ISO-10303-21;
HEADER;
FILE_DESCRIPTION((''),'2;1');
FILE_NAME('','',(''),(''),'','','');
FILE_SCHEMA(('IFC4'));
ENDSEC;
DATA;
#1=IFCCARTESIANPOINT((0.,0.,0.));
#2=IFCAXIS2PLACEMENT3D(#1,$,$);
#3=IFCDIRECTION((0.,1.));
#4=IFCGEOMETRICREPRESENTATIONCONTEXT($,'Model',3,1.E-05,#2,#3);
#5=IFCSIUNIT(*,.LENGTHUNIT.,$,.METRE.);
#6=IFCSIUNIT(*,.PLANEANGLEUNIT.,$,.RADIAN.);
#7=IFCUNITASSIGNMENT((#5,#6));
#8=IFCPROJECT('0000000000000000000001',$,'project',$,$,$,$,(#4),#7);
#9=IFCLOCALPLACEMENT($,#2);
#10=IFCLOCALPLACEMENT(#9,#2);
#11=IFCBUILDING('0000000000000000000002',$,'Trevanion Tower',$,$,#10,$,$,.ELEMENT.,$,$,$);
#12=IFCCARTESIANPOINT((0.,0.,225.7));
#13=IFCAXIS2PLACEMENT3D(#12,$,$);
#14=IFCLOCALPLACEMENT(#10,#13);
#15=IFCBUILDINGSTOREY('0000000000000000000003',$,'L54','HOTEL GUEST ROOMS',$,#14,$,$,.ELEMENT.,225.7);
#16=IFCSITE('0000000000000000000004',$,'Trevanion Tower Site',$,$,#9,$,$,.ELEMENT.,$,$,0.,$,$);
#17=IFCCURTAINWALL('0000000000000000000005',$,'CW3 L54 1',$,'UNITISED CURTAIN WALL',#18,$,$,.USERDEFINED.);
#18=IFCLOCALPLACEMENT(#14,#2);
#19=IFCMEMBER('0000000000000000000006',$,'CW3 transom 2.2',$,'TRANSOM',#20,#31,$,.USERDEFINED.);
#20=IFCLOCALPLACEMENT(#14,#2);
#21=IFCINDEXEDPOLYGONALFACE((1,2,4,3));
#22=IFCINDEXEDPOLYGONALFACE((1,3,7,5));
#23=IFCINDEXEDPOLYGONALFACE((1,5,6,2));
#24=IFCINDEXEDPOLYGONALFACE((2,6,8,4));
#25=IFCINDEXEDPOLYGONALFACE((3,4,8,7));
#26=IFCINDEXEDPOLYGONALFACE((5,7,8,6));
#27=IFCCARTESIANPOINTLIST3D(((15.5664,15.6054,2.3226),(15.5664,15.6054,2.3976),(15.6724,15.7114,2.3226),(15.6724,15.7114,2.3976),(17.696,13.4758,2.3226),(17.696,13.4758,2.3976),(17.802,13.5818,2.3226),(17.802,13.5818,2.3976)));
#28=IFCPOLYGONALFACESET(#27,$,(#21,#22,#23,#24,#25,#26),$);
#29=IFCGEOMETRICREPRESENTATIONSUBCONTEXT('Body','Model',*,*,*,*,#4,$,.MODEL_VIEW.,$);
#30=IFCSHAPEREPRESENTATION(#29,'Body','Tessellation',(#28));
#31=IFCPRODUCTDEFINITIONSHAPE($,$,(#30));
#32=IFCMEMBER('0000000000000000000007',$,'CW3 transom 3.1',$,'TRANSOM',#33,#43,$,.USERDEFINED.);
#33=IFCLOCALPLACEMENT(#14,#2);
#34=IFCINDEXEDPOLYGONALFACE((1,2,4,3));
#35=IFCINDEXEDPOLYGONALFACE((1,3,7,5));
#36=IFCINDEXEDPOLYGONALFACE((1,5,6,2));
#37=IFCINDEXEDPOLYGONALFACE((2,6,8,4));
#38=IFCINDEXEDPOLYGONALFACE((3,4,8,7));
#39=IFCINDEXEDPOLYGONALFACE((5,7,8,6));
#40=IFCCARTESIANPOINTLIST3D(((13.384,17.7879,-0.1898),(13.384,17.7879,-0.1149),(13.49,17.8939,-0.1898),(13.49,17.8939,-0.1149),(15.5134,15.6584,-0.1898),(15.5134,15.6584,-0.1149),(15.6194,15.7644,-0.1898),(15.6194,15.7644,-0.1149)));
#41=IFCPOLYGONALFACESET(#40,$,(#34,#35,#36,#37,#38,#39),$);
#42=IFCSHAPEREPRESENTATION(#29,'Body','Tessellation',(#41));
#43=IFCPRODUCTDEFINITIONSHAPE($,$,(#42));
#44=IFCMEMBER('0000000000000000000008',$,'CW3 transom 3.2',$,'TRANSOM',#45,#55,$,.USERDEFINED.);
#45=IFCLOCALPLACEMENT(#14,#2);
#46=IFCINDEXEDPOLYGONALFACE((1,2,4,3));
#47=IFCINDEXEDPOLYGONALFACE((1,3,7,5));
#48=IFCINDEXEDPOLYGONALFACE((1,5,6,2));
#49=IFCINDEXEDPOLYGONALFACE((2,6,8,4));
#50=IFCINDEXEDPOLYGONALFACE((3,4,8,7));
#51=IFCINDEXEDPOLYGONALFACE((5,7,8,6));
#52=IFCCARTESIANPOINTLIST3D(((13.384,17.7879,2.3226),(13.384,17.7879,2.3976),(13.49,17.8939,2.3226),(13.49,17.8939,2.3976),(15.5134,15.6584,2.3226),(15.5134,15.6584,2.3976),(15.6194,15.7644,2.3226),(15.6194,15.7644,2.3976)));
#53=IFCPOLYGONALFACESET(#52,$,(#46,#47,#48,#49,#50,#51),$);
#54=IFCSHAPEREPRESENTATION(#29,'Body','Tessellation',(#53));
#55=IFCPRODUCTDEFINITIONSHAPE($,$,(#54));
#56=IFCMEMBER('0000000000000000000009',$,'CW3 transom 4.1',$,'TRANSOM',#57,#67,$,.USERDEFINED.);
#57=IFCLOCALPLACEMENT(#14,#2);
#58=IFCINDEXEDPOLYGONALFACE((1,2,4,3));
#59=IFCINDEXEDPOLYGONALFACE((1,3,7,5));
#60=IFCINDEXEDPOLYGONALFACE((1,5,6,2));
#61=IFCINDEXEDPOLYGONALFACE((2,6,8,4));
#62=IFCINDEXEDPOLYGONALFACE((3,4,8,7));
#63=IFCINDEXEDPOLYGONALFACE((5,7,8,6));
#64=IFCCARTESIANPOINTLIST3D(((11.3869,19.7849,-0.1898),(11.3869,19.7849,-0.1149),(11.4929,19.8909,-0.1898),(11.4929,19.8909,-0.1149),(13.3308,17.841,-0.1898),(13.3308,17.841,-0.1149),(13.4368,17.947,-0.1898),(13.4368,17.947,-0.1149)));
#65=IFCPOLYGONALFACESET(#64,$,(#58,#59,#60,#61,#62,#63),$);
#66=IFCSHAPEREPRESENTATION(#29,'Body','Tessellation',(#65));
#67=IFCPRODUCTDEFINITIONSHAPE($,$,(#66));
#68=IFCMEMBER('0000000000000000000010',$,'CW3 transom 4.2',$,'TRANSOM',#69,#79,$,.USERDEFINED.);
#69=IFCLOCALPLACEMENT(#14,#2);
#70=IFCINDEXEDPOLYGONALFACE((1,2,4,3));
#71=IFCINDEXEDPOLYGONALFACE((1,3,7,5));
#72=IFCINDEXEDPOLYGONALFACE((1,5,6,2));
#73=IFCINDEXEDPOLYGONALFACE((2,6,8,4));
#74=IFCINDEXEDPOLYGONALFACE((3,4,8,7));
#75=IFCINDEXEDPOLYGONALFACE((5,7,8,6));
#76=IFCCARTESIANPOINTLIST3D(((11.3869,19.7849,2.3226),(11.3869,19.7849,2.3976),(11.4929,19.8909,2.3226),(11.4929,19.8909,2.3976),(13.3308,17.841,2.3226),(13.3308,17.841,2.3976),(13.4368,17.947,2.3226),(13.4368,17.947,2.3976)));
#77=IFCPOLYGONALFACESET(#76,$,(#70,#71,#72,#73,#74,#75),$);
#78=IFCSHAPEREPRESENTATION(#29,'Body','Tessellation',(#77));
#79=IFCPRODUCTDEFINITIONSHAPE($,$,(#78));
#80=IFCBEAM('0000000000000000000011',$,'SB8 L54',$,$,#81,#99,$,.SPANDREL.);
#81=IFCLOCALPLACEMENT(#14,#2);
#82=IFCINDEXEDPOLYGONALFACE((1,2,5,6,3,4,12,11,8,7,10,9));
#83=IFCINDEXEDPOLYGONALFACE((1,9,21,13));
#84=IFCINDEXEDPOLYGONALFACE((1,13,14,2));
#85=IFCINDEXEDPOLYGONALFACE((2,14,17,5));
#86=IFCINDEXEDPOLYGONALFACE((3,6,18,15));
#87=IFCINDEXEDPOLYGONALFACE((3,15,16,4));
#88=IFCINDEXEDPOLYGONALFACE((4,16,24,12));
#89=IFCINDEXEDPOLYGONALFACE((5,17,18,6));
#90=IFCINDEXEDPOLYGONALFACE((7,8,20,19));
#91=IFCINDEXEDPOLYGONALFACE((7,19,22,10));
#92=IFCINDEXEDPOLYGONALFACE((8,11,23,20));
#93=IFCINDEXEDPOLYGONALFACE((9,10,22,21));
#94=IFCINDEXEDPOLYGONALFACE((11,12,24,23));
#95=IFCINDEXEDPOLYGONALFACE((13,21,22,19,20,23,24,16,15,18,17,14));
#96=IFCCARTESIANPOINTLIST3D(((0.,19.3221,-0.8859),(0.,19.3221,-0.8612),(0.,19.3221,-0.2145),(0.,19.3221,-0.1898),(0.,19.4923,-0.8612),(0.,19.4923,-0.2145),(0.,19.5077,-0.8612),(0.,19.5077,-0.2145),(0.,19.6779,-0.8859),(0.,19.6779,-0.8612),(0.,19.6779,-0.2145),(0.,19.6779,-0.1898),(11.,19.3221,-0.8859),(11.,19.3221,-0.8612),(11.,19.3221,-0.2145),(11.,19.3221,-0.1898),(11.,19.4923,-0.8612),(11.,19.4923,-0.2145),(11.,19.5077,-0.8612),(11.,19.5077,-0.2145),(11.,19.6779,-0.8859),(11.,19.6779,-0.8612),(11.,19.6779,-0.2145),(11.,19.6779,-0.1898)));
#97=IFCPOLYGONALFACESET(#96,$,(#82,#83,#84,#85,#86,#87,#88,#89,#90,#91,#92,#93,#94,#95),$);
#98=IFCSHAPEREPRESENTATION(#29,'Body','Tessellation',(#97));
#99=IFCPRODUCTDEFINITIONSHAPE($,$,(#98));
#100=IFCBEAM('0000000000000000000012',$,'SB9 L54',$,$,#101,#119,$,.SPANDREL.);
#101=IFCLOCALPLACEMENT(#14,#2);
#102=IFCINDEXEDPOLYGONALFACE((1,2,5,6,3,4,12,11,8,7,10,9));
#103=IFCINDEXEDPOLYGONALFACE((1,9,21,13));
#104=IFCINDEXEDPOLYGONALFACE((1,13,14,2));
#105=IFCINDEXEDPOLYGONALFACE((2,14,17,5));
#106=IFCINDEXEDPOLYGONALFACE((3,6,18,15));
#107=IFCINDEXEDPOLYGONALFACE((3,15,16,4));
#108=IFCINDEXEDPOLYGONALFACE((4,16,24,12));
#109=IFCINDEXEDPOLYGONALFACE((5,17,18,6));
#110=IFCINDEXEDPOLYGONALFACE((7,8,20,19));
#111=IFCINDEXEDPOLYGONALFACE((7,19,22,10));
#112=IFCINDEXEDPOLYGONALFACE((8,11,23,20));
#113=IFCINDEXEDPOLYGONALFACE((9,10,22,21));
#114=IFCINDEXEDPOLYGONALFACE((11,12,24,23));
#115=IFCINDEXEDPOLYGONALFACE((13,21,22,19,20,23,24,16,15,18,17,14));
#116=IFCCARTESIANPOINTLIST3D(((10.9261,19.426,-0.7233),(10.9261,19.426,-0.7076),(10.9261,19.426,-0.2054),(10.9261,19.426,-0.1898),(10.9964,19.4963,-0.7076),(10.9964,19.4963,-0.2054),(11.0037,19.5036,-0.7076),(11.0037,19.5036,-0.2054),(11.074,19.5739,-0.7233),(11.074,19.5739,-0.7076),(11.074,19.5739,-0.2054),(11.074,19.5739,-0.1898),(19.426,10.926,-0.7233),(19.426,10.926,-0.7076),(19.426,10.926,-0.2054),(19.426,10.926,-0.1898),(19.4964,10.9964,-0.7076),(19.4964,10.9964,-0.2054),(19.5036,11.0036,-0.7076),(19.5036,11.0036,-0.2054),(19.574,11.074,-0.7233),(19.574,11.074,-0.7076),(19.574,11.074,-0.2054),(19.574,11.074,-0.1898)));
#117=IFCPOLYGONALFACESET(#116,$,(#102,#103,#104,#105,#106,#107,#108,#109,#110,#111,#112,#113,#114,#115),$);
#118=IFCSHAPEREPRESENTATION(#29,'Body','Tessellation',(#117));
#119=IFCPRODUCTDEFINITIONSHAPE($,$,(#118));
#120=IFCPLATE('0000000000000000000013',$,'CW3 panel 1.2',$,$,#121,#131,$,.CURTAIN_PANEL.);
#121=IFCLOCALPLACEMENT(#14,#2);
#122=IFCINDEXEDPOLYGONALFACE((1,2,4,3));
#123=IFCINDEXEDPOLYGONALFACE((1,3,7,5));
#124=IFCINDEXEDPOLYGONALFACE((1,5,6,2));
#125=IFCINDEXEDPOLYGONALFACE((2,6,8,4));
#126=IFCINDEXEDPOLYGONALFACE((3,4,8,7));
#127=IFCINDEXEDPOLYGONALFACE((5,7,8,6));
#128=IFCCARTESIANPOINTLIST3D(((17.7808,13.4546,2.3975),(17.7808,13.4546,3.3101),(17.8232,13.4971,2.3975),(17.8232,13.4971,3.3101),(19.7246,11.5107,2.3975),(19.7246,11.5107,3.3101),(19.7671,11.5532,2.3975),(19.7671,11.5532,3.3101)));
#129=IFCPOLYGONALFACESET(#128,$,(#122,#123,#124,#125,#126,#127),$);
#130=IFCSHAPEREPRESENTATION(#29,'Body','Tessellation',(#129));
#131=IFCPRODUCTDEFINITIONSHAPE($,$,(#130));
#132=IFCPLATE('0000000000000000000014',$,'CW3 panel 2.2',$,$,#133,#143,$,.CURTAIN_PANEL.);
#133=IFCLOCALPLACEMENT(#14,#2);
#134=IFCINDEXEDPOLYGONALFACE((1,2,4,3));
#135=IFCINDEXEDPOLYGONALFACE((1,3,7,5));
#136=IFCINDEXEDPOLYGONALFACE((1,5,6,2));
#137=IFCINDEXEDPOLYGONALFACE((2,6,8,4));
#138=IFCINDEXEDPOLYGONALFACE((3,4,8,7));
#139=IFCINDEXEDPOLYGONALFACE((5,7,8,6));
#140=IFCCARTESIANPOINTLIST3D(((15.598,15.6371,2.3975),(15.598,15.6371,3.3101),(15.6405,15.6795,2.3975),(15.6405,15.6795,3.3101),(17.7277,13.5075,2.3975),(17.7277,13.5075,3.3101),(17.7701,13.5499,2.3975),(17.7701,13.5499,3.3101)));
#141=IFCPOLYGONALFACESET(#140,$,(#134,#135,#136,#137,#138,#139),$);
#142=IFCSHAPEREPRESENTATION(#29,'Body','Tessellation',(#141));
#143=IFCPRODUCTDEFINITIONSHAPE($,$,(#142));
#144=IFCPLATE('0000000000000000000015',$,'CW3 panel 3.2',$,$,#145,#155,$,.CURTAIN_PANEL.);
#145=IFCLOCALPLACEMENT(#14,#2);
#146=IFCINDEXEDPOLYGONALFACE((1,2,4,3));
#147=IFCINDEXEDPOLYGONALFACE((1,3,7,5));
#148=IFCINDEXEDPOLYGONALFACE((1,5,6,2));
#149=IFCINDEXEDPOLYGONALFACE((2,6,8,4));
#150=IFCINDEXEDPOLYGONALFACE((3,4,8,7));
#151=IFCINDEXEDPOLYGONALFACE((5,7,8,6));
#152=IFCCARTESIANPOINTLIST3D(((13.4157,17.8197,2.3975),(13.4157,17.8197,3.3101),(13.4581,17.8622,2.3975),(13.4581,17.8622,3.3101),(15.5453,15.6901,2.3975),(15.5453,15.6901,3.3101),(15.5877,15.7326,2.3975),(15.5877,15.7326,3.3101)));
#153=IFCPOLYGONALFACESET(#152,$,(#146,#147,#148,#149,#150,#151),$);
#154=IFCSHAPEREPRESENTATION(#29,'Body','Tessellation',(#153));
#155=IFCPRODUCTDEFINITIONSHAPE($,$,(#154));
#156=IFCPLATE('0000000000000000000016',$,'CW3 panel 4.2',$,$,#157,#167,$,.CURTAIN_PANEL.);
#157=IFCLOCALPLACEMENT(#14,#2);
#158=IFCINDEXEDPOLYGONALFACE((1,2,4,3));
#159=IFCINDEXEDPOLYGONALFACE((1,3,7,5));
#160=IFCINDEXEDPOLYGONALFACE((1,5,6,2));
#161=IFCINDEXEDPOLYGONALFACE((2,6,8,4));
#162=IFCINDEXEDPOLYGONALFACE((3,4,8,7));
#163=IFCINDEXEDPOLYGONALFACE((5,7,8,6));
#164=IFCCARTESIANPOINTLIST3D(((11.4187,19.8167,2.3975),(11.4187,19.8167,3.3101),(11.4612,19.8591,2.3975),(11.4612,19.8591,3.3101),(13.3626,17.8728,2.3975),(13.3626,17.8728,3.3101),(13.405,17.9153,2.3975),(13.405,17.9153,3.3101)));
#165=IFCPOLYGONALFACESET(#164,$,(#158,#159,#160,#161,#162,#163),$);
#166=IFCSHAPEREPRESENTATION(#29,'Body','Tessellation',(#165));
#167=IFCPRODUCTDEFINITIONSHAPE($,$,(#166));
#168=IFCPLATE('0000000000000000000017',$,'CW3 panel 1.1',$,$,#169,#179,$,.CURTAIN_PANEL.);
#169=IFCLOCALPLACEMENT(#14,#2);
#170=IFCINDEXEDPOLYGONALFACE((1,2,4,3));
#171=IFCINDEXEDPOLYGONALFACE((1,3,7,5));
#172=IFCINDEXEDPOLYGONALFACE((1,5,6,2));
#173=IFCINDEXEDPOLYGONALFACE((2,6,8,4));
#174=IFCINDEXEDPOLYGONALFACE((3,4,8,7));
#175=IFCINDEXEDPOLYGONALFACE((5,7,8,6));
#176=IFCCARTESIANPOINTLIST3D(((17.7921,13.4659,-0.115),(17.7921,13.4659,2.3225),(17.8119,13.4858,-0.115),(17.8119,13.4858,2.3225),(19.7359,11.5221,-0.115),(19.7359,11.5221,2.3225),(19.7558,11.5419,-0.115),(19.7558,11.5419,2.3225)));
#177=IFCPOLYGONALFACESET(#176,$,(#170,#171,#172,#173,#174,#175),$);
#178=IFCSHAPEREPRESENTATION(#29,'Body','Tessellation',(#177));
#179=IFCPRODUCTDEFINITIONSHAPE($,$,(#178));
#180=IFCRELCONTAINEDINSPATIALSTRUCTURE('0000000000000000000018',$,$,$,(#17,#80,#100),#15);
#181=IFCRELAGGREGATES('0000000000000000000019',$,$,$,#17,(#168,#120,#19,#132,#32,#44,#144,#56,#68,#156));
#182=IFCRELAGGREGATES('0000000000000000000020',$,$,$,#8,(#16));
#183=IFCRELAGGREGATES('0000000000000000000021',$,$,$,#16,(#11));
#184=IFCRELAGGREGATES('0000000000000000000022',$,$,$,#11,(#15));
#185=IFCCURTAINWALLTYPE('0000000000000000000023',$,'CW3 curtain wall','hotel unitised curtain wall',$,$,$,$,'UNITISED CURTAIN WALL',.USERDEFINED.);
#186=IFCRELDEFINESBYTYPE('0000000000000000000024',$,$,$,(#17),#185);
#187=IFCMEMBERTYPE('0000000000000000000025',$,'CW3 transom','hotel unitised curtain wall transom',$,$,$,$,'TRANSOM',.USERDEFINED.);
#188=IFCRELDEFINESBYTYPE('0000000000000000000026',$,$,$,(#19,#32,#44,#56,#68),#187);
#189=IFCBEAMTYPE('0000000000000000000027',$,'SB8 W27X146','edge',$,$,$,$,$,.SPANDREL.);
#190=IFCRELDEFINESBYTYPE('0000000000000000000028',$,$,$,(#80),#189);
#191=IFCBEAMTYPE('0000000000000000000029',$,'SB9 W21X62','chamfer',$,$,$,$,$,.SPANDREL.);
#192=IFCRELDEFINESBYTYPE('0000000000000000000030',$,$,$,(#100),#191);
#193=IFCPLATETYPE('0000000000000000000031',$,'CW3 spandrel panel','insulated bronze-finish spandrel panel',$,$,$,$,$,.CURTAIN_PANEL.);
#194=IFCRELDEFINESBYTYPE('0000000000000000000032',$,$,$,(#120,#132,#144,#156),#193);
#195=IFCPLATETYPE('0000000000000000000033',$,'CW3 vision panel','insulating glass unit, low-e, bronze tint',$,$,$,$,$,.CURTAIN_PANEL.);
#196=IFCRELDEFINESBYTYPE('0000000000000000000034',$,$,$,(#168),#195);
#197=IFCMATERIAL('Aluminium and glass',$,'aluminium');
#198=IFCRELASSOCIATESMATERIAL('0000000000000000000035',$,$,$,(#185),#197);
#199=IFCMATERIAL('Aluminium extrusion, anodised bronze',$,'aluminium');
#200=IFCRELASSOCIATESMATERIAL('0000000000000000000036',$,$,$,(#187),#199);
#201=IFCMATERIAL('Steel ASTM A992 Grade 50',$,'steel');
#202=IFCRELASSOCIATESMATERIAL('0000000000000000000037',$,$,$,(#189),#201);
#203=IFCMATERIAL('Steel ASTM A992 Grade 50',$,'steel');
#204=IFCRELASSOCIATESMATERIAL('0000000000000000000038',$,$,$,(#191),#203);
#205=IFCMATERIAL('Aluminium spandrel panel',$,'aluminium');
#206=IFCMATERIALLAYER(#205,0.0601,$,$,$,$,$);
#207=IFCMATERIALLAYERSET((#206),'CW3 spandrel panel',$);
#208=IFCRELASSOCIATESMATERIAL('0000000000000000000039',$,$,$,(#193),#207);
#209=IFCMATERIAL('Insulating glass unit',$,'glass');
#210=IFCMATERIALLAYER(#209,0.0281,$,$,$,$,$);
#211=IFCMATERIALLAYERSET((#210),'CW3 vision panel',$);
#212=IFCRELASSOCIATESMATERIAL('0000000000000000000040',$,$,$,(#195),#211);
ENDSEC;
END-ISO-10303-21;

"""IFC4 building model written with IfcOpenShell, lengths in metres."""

from ifc_helpers import new_model, si_unit, direction, frame, origin, origin_2d, place, context, subcontext, project, spatial, rectangle, i_section, extrude, material, layer, layer_set, material_profile, profile_set, type_object, element, aggregate, save


model = new_model("IFC4")

# Units and contexts
model_context = context("Model", 3, precision=1e-05, world=origin(), true_north=direction((0.0, 1.0)))
body_context = subcontext(model_context, "Body", "Model", "MODEL_VIEW")
ifc_project = project(units=[si_unit("LENGTHUNIT", "METRE"), si_unit("PLANEANGLEUNIT", "RADIAN")], contexts=[model_context])

# Site, building, storey
site_placement = place(None, origin())
site = spatial("IfcSite", under=ifc_project, at=site_placement, Name="Trevanion Tower Site", CompositionType="ELEMENT", RefElevation=0.0)
building_placement = place(site_placement, origin())
building = spatial("IfcBuilding", under=site, at=building_placement, Name="Trevanion Tower", CompositionType="ELEMENT")
storey_placement = place(building_placement, frame((0.0, 0.0, 225.7)))
storey = spatial("IfcBuildingStorey", under=building, at=storey_placement, Name="L54", Description="HOTEL GUEST ROOMS", CompositionType="ELEMENT", Elevation=225.7)

# Curtain wall
ifc_material_1 = material(Name="Aluminium and glass", Category="aluminium")
curtain_wall_type = type_object("IfcCurtainWallType", Name="CW3 curtain wall", Description="hotel unitised curtain wall", ElementType="UNITISED CURTAIN WALL", PredefinedType="USERDEFINED", material=ifc_material_1)
curtain_wall_1_placement = place(storey_placement, origin())
curtain_wall_1 = element("IfcCurtainWall", 1, at=curtain_wall_1_placement, inside=storey, type_object=curtain_wall_type, Name="CW3 L54 1", ObjectType="UNITISED CURTAIN WALL", PredefinedType="USERDEFINED")

# Members
ifc_material_2 = material(Name="Aluminium extrusion, anodised bronze", Category="aluminium")
ifc_material_profile_1 = material_profile(ifc_material_2, rectangle(XDim=0.1499, YDim=0.075, at=origin_2d()), Name="CW3 transom")
ifc_profile_set_1 = profile_set([ifc_material_profile_1], Name="Aluminium extrusion, anodised bronze")
member_type_1 = type_object("IfcMemberType", Name="CW3 transom", Description="hotel unitised curtain wall transom", ElementType="TRANSOM", PredefinedType="USERDEFINED", material=ifc_profile_set_1)
member_1_placement = place(storey_placement, frame((17.749, 13.5288, 2.3601), z_axis=(-0.707107, 0.707107, 0.0), x_axis=(-0.707107, -0.707107, 0.0)))
member_1 = element("IfcMember", 2, at=member_1_placement, type_object=member_type_1, Name="CW3 transom 2.2", ObjectType="TRANSOM", PredefinedType="USERDEFINED", context=body_context, shape_type="SweptSolid", body=[
    extrude(rectangle(XDim=0.1499, YDim=0.075, at=origin_2d()), origin(), (0.0, 0.0, 1.0), 3.0117),
])
member_2_placement = place(storey_placement, frame((15.5664, 15.7114, -0.1523), z_axis=(-0.707107, 0.707107, 0.0), x_axis=(-0.707107, -0.707107, 0.0)))
member_2 = element("IfcMember", 3, at=member_2_placement, type_object=member_type_1, Name="CW3 transom 3.1", ObjectType="TRANSOM", PredefinedType="USERDEFINED", context=body_context, shape_type="SweptSolid", body=[
    extrude(rectangle(XDim=0.1499, YDim=0.075, at=origin_2d()), origin(), (0.0, 0.0, 1.0), 3.0115),
])
member_3_placement = place(storey_placement, frame((15.5664, 15.7114, 2.3601), z_axis=(-0.707107, 0.707107, 0.0), x_axis=(-0.707107, -0.707107, 0.0)))
member_3 = element("IfcMember", 4, at=member_3_placement, type_object=member_type_1, Name="CW3 transom 3.2", ObjectType="TRANSOM", PredefinedType="USERDEFINED", context=body_context, shape_type="SweptSolid", body=[
    extrude(rectangle(XDim=0.1499, YDim=0.075, at=origin_2d()), origin(), (0.0, 0.0, 1.0), 3.0115),
])
member_4_placement = place(storey_placement, frame((13.3838, 17.894, -0.1523), z_axis=(-0.707107, 0.707107, 0.0), x_axis=(-0.707107, -0.707107, 0.0)))
member_4 = element("IfcMember", 5, at=member_4_placement, type_object=member_type_1, Name="CW3 transom 4.1", ObjectType="TRANSOM", PredefinedType="USERDEFINED", context=body_context, shape_type="SweptSolid", body=[
    extrude(rectangle(XDim=0.1499, YDim=0.075, at=origin_2d()), origin(), (0.0, 0.0, 1.0), 2.749),
])
member_5_placement = place(storey_placement, frame((13.3838, 17.894, 2.3601), z_axis=(-0.707107, 0.707107, 0.0), x_axis=(-0.707107, -0.707107, 0.0)))
member_5 = element("IfcMember", 6, at=member_5_placement, type_object=member_type_1, Name="CW3 transom 4.2", ObjectType="TRANSOM", PredefinedType="USERDEFINED", context=body_context, shape_type="SweptSolid", body=[
    extrude(rectangle(XDim=0.1499, YDim=0.075, at=origin_2d()), origin(), (0.0, 0.0, 1.0), 2.749),
])

# Beams
ifc_material_3 = material(Name="Steel ASTM A992 Grade 50", Category="steel")
ifc_material_profile_2 = material_profile(ifc_material_3, i_section(OverallWidth=0.3557, OverallDepth=0.696, WebThickness=0.0154, FlangeThickness=0.0247, at=origin_2d()), Name="W27X146")
ifc_profile_set_2 = profile_set([ifc_material_profile_2], Name="Steel ASTM A992 Grade 50")
beam_type_1 = type_object("IfcBeamType", Name="SB8 W27X146", Description="edge", PredefinedType="SPANDREL", material=ifc_profile_set_2)
beam_1_placement = place(storey_placement, frame((11.0, 19.5, -0.5378), z_axis=(-1.0, 0.0, 0.0), x_axis=(0.0, -1.0, 0.0)))
element("IfcBeam", 7, at=beam_1_placement, inside=storey, type_object=beam_type_1, Name="SB8 L54", PredefinedType="SPANDREL", context=body_context, shape_type="SweptSolid", body=[
    extrude(i_section(OverallWidth=0.3557, OverallDepth=0.696, WebThickness=0.0154, FlangeThickness=0.0247, at=origin_2d()), origin(), (0.0, 0.0, 1.0), 11.0),
])
ifc_material_4 = material(Name="Steel ASTM A992 Grade 50", Category="steel")
ifc_material_profile_3 = material_profile(ifc_material_4, i_section(OverallWidth=0.2092, OverallDepth=0.5334, WebThickness=0.0103, FlangeThickness=0.0156, at=origin_2d()), Name="W21X62")
ifc_profile_set_3 = profile_set([ifc_material_profile_3], Name="Steel ASTM A992 Grade 50")
beam_type_2 = type_object("IfcBeamType", Name="SB9 W21X62", Description="chamfer", PredefinedType="SPANDREL", material=ifc_profile_set_3)
beam_2_placement = place(storey_placement, frame((19.5, 11.0, -0.4565), z_axis=(-0.707107, 0.707107, 0.0), x_axis=(-0.707107, -0.707107, 0.0)))
element("IfcBeam", 8, at=beam_2_placement, inside=storey, type_object=beam_type_2, Name="SB9 L54", PredefinedType="SPANDREL", context=body_context, shape_type="SweptSolid", body=[
    extrude(i_section(OverallWidth=0.2092, OverallDepth=0.5334, WebThickness=0.0103, FlangeThickness=0.0156, at=origin_2d()), origin(), (0.0, 0.0, 1.0), 12.0208),
])

# Plates
ifc_material_5 = material(Name="Aluminium spandrel panel", Category="aluminium")
ifc_layer_1 = layer(ifc_material_5, 0.0601)
ifc_layer_set_1 = layer_set([ifc_layer_1], Name="CW3 spandrel panel")
plate_type_1 = type_object("IfcPlateType", Name="CW3 spandrel panel", Description="insulated bronze-finish spandrel panel", PredefinedType="CURTAIN_PANEL", material=ifc_layer_set_1)
plate_1_placement = place(storey_placement, frame((18.7739, 12.5039, 2.3975), z_axis=(0.0, 0.0, 1.0), x_axis=(-0.707107, 0.707107, 0.0)))
plate_1 = element("IfcPlate", 9, at=plate_1_placement, type_object=plate_type_1, Name="CW3 panel 1.2", PredefinedType="CURTAIN_PANEL", context=body_context, shape_type="SweptSolid", body=[
    extrude(rectangle(XDim=2.749, YDim=0.0601, at=origin_2d()), origin(), (0.0, 0.0, 1.0), 0.9126),
])
plate_2_placement = place(storey_placement, frame((16.6841, 14.5935, 2.3975), z_axis=(0.0, 0.0, 1.0), x_axis=(-0.707107, 0.707107, 0.0)))
plate_2 = element("IfcPlate", 10, at=plate_2_placement, type_object=plate_type_1, Name="CW3 panel 2.2", PredefinedType="CURTAIN_PANEL", context=body_context, shape_type="SweptSolid", body=[
    extrude(rectangle(XDim=3.0117, YDim=0.0601, at=origin_2d()), origin(), (0.0, 0.0, 1.0), 0.9126),
])
plate_3_placement = place(storey_placement, frame((14.5017, 16.7761, 2.3975), z_axis=(0.0, 0.0, 1.0), x_axis=(-0.707107, 0.707107, 0.0)))
plate_3 = element("IfcPlate", 11, at=plate_3_placement, type_object=plate_type_1, Name="CW3 panel 3.2", PredefinedType="CURTAIN_PANEL", context=body_context, shape_type="SweptSolid", body=[
    extrude(rectangle(XDim=3.0117, YDim=0.0601, at=origin_2d()), origin(), (0.0, 0.0, 1.0), 0.9126),
])
plate_4_placement = place(storey_placement, frame((12.4119, 18.866, 2.3975), z_axis=(0.0, 0.0, 1.0), x_axis=(-0.707107, 0.707107, 0.0)))
plate_4 = element("IfcPlate", 12, at=plate_4_placement, type_object=plate_type_1, Name="CW3 panel 4.2", PredefinedType="CURTAIN_PANEL", context=body_context, shape_type="SweptSolid", body=[
    extrude(rectangle(XDim=2.749, YDim=0.0601, at=origin_2d()), origin(), (0.0, 0.0, 1.0), 0.9126),
])
ifc_material_6 = material(Name="Insulating glass unit", Category="glass")
ifc_layer_2 = layer(ifc_material_6, 0.0281)
ifc_layer_set_2 = layer_set([ifc_layer_2], Name="CW3 vision panel")
plate_type_2 = type_object("IfcPlateType", Name="CW3 vision panel", Description="insulating glass unit, low-e, bronze tint", PredefinedType="CURTAIN_PANEL", material=ifc_layer_set_2)
plate_5_placement = place(storey_placement, frame((18.7739, 12.5039, -0.115), z_axis=(0.0, 0.0, 1.0), x_axis=(-0.707107, 0.707107, 0.0)))
plate_5 = element("IfcPlate", 13, at=plate_5_placement, type_object=plate_type_2, Name="CW3 panel 1.1", PredefinedType="CURTAIN_PANEL", context=body_context, shape_type="SweptSolid", body=[
    extrude(rectangle(XDim=2.749, YDim=0.0281, at=origin_2d()), origin(), (0.0, 0.0, 1.0), 2.4375),
])
aggregate(curtain_wall_1, [plate_5, plate_1, member_1, plate_2, member_2, member_3, plate_3, member_4, member_5, plate_4])

save(model, "model.ifc")
